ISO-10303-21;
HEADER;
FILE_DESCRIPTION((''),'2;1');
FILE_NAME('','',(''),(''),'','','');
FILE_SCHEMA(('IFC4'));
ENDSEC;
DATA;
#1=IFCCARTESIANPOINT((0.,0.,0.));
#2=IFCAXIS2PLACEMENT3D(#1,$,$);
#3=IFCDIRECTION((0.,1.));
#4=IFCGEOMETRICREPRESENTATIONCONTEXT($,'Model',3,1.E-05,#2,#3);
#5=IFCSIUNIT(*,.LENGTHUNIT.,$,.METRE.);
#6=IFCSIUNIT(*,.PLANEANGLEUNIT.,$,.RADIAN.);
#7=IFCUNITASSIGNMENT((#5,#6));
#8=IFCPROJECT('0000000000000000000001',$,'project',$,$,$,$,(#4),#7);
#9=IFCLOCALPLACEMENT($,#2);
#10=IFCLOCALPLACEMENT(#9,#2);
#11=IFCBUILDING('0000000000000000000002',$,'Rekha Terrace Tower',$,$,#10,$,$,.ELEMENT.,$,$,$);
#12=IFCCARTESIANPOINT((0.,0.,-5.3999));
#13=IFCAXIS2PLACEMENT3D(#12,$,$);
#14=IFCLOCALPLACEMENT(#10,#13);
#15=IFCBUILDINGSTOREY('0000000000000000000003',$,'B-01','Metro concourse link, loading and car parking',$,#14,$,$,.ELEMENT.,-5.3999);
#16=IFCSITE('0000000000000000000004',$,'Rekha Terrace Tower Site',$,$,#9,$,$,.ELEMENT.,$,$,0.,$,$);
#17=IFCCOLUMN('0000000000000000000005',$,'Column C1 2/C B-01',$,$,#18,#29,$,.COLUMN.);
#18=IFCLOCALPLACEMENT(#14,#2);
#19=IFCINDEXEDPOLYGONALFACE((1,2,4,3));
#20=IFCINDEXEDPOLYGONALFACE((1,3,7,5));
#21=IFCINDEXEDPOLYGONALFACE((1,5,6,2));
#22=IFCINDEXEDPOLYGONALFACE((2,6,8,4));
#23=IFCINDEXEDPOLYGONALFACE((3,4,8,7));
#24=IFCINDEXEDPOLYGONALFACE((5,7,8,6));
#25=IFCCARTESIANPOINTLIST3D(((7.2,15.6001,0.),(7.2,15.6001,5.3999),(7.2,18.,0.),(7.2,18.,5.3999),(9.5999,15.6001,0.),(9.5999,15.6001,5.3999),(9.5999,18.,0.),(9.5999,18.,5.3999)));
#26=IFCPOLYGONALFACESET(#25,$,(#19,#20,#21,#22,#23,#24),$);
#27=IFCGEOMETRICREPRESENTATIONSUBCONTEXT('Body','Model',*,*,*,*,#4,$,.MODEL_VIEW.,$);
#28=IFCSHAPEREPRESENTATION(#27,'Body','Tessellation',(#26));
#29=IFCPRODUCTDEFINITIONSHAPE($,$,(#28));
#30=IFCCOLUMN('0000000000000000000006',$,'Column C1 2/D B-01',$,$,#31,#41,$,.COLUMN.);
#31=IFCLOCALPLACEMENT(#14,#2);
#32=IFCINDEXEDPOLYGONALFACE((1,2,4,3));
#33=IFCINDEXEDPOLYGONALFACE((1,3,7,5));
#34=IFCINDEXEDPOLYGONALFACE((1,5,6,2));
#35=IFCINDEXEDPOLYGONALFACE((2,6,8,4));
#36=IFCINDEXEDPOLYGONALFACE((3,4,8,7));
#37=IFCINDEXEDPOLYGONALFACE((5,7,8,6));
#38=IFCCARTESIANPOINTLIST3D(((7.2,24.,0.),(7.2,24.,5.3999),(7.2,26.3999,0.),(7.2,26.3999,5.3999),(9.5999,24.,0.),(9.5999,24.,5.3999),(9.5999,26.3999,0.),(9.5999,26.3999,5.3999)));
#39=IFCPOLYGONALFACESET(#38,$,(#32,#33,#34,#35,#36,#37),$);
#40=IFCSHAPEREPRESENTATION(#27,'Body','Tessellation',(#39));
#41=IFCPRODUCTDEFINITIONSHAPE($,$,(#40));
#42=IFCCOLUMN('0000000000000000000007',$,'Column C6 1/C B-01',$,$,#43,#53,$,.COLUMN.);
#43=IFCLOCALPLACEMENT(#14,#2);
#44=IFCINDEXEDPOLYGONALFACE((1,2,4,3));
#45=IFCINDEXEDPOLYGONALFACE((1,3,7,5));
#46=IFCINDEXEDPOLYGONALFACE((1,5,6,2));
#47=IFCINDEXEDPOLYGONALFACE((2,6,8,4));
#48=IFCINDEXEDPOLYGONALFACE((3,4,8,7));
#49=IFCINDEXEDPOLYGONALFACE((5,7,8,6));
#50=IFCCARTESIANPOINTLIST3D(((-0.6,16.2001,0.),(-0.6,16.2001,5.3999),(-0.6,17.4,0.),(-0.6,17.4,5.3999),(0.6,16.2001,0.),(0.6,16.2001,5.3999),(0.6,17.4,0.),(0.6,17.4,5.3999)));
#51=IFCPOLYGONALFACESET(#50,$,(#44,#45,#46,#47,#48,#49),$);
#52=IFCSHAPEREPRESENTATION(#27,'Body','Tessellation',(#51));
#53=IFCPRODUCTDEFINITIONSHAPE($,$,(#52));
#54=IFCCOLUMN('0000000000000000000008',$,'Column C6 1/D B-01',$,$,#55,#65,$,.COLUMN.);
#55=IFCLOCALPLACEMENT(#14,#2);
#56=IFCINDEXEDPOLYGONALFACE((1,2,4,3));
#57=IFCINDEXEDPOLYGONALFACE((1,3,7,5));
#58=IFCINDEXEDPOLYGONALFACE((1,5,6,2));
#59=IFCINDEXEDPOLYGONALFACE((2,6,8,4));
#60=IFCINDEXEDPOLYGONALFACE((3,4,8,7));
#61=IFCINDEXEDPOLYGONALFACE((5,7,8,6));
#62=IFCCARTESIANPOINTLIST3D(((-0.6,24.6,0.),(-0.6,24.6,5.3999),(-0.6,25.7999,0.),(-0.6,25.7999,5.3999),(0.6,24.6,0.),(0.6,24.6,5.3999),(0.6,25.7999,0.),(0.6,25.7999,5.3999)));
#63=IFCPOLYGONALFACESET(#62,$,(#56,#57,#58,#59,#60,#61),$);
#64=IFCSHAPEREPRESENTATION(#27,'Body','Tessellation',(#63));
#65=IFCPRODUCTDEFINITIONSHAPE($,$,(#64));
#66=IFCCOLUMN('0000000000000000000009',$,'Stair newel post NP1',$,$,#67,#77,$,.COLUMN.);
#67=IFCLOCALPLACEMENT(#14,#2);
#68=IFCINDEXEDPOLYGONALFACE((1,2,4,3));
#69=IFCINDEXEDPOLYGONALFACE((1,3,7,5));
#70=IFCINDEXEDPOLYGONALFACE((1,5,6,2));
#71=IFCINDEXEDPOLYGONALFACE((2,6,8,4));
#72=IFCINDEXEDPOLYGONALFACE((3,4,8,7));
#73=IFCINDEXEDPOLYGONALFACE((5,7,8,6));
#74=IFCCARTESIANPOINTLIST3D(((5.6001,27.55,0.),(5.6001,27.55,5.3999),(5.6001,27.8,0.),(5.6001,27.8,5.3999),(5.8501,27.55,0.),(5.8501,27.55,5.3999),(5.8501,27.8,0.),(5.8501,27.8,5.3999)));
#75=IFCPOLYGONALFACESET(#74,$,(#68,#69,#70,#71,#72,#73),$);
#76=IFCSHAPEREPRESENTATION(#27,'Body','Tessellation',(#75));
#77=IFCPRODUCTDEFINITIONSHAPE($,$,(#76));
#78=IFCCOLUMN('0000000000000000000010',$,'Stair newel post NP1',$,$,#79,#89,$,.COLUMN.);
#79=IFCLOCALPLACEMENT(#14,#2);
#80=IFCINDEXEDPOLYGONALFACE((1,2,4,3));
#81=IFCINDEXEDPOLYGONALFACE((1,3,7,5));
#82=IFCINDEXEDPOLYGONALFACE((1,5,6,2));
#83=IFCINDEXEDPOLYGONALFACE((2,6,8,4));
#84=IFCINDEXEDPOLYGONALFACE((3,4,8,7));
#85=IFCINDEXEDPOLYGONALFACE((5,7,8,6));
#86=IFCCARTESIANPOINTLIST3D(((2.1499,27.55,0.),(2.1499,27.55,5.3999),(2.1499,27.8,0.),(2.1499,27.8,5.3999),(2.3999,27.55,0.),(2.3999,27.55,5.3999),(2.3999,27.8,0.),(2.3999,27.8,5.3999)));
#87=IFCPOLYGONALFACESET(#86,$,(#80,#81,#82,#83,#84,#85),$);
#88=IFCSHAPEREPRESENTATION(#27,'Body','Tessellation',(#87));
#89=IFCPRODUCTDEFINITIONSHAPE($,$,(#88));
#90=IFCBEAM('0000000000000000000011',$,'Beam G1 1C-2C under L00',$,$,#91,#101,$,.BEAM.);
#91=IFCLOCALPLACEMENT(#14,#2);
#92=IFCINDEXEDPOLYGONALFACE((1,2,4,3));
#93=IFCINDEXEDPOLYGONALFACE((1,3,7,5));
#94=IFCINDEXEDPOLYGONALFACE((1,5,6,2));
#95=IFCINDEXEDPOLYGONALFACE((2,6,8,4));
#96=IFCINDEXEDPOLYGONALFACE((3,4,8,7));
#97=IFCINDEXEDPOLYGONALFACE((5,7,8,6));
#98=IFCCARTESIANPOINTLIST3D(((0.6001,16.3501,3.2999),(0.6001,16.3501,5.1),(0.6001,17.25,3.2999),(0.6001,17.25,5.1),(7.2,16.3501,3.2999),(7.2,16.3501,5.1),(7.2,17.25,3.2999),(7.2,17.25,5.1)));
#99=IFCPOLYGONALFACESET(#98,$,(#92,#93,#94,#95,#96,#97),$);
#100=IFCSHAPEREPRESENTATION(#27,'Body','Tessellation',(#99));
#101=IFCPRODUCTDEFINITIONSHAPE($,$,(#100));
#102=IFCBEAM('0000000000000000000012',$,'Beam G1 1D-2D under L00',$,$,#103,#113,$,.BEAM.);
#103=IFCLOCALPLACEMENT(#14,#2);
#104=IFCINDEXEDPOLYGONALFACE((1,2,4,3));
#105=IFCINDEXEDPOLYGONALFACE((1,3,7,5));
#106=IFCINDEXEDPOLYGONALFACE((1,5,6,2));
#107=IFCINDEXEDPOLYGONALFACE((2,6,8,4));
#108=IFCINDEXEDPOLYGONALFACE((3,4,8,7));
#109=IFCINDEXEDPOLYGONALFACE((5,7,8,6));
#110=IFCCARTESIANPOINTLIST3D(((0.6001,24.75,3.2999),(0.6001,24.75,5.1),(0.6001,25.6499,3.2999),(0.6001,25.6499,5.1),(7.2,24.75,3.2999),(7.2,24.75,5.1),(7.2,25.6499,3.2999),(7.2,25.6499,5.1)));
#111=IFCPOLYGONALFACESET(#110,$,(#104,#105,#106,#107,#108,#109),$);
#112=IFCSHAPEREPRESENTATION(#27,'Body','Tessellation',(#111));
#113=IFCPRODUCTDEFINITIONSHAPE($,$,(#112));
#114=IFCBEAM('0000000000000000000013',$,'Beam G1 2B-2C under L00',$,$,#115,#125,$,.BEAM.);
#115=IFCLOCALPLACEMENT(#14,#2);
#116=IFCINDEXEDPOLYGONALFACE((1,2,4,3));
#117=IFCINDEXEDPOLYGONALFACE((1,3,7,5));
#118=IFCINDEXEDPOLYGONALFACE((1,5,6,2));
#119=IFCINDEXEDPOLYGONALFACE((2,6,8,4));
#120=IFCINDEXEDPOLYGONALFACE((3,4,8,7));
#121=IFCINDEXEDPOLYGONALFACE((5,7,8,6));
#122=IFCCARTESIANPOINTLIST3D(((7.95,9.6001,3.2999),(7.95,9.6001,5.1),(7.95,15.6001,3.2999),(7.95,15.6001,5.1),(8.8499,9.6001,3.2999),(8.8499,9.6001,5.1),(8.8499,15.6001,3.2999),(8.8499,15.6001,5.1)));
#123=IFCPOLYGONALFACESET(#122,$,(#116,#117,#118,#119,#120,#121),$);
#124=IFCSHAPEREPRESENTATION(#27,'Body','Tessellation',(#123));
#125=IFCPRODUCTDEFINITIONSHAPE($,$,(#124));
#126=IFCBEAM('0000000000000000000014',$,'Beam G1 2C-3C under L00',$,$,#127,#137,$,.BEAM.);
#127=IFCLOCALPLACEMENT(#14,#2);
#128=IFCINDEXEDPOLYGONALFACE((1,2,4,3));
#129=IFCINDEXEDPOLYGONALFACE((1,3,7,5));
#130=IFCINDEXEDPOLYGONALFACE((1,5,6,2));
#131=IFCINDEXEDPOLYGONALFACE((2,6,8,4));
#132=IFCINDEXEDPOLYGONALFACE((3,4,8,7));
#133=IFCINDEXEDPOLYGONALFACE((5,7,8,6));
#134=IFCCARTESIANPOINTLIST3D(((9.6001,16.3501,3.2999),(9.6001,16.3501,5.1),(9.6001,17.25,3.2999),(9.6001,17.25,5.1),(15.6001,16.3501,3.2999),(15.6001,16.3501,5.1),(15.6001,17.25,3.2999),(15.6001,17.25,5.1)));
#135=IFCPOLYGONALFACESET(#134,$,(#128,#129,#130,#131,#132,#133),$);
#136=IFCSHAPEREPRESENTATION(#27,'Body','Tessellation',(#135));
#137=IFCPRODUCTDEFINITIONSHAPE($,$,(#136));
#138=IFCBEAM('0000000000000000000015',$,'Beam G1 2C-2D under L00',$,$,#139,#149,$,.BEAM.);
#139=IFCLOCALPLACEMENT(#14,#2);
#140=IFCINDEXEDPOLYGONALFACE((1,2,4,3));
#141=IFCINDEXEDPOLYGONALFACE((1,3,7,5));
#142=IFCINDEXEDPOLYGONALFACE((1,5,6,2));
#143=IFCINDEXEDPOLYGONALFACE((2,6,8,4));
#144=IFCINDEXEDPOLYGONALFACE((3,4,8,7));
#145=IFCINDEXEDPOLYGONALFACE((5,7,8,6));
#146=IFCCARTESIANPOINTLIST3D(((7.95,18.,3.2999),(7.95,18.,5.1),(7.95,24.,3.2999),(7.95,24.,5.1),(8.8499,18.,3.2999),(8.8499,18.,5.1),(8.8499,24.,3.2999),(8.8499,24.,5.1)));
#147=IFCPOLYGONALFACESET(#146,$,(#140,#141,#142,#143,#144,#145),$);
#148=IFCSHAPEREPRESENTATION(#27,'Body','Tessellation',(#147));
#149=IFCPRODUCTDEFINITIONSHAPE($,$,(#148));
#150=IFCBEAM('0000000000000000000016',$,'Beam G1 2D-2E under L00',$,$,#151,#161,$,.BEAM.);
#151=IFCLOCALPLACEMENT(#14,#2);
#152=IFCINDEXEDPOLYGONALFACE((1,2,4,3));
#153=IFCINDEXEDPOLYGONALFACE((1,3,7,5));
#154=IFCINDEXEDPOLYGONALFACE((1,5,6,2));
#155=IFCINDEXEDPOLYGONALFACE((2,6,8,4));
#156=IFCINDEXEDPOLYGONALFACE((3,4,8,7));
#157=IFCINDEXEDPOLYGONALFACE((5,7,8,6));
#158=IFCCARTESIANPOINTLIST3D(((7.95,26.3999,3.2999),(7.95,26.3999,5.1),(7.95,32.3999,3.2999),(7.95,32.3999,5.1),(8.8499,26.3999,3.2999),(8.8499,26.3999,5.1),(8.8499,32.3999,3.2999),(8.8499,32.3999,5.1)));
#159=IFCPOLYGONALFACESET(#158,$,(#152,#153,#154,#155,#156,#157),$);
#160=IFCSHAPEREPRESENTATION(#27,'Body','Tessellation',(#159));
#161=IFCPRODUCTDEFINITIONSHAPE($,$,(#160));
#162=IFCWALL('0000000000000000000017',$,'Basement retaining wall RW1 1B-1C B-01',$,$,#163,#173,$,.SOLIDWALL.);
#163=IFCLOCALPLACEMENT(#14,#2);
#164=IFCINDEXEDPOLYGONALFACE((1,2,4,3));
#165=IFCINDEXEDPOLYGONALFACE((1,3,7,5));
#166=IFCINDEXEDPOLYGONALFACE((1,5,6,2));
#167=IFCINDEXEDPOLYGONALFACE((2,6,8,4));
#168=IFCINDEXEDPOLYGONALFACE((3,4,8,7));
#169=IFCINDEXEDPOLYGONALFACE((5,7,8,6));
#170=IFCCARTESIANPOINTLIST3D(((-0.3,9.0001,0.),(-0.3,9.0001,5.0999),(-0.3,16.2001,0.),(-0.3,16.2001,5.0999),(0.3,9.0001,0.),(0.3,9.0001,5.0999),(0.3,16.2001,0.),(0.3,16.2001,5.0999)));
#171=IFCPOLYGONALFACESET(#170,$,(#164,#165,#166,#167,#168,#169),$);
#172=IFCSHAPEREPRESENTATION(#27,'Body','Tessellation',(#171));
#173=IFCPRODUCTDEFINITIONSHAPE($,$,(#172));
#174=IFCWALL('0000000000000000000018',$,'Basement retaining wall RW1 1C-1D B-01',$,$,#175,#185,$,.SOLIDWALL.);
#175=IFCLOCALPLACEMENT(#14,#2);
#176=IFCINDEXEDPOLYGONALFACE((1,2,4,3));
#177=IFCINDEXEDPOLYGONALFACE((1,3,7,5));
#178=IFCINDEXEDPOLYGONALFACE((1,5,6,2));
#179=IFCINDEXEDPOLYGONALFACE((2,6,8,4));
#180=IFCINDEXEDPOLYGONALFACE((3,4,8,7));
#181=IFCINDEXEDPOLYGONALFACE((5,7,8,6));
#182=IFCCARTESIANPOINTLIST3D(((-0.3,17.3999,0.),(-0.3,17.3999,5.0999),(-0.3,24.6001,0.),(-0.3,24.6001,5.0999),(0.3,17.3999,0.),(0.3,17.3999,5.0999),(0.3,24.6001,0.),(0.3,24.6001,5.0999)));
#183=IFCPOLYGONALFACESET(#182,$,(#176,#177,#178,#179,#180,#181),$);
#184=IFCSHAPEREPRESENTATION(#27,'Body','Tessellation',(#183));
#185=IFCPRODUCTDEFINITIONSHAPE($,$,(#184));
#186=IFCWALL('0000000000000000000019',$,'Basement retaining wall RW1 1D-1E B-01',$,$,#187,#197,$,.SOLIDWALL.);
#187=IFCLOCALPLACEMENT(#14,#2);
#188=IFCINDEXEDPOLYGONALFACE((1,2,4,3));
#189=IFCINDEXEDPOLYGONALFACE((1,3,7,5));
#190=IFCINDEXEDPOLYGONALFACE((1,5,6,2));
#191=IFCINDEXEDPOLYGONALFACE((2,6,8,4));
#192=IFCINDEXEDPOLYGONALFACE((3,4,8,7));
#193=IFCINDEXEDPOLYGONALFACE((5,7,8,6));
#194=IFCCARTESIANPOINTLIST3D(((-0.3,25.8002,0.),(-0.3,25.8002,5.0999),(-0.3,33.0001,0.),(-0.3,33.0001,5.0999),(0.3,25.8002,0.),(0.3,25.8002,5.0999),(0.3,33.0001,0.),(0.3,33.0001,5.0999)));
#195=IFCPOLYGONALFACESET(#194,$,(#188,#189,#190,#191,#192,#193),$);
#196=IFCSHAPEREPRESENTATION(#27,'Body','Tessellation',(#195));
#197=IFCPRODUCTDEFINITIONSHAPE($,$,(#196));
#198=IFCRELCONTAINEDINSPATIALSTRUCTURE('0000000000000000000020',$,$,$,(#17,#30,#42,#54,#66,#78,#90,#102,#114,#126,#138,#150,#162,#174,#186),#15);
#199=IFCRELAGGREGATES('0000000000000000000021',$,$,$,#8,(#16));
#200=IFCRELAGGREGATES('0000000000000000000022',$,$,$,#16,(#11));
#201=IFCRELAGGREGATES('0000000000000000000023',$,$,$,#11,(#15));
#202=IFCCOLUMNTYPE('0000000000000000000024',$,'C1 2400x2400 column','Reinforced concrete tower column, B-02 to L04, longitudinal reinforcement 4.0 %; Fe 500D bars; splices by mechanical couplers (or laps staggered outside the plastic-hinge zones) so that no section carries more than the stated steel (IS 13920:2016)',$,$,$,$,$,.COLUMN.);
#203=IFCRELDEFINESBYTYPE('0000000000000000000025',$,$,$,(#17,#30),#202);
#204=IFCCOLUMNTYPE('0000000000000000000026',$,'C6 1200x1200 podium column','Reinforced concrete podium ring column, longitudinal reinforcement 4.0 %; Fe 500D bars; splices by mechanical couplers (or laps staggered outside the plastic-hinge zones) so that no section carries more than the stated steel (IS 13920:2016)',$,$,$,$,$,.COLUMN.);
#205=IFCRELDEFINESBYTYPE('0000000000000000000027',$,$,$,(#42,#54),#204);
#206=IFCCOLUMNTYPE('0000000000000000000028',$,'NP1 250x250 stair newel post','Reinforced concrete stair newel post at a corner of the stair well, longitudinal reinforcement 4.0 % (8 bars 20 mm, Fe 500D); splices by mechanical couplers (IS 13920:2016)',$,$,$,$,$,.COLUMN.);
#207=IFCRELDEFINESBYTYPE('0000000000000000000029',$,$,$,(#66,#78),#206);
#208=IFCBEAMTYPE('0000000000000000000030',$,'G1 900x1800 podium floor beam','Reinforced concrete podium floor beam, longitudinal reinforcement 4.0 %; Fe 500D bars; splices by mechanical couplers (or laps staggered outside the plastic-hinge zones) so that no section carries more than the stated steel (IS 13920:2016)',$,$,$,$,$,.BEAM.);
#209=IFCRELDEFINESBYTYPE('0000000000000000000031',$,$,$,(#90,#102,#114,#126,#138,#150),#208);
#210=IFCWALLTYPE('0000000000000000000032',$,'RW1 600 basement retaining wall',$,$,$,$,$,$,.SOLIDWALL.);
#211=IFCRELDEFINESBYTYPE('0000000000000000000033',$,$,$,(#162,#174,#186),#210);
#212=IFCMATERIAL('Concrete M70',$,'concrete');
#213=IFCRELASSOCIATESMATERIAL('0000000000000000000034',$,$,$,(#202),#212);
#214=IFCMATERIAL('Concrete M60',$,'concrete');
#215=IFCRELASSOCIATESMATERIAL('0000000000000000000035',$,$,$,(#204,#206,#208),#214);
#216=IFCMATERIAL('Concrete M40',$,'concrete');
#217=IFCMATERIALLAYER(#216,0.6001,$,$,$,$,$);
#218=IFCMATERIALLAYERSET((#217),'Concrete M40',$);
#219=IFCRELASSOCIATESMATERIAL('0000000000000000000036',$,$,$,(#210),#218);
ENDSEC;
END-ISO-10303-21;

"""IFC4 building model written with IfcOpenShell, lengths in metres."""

from ifc_helpers import new_model, si_unit, direction, frame, frame_2d, origin, origin_2d, place, context, subcontext, project, spatial, rectangle, extrude, material, layer, layer_set, material_profile, profile_set, type_object, element, save


model = new_model("IFC4")

# Units and contexts
model_context = context("Model", 3, precision=1e-05, world=origin(), true_north=direction((0.0, 1.0)))
body_context = subcontext(model_context, "Body", "Model", "MODEL_VIEW")
ifc_project = project(units=[si_unit("LENGTHUNIT", "METRE"), si_unit("PLANEANGLEUNIT", "RADIAN")], contexts=[model_context])

# Site, building, storey
site_placement = place(None, origin())
site = spatial("IfcSite", under=ifc_project, at=site_placement, Name="Rekha Terrace Tower Site", CompositionType="ELEMENT", RefElevation=0.0)
building_placement = place(site_placement, origin())
building = spatial("IfcBuilding", under=site, at=building_placement, Name="Rekha Terrace Tower", CompositionType="ELEMENT")
storey_placement = place(building_placement, frame((0.0, 0.0, -5.3999)))
storey = spatial("IfcBuildingStorey", under=building, at=storey_placement, Name="B-01", Description="Metro concourse link, loading and car parking", CompositionType="ELEMENT", Elevation=-5.3999)

# Columns
ifc_material_1 = material(Name="Concrete M70", Category="concrete")
ifc_material_profile_1 = material_profile(ifc_material_1, rectangle(XDim=2.3999, YDim=2.3999, at=origin_2d()), Name="RC 2400x2400")
ifc_profile_set_1 = profile_set([ifc_material_profile_1], Name="Concrete M70")
column_type_1 = type_object("IfcColumnType", Name="C1 2400x2400 column", Description="Reinforced concrete tower column, B-02 to L04, longitudinal reinforcement 4.0 %; Fe 500D bars; splices by mechanical couplers (or laps staggered outside the plastic-hinge zones) so that no section carries more than the stated steel (IS 13920:2016)", PredefinedType="COLUMN", material=ifc_profile_set_1)
for number, where, z_axis, x_axis, name in (
    (1, (8.3999, 16.8, 0.0), (0.0, 0.0, 1.0), (1.0, 0.0, 0.0), "Column C1 2/C B-01"),
    (2, (8.3999, 25.2, 0.0), (0.0, 0.0, 1.0), (1.0, 0.0, 0.0), "Column C1 2/D B-01"),
):
    element("IfcColumn", number, at=place(storey_placement, frame(where, z_axis=z_axis, x_axis=x_axis)), inside=storey, type_object=column_type_1, Name=name, PredefinedType="COLUMN", context=body_context, shape_type="SweptSolid", body=[
        extrude(rectangle(XDim=2.3999, YDim=2.3999, at=origin_2d()), origin(), (0.0, 0.0, 1.0), 5.3999),
    ])
ifc_material_2 = material(Name="Concrete M60", Category="concrete")
ifc_material_profile_2 = material_profile(ifc_material_2, rectangle(XDim=1.2, YDim=1.2, at=origin_2d()), Name="RC 1200x1200")
ifc_profile_set_2 = profile_set([ifc_material_profile_2], Name="Concrete M60")
column_type_2 = type_object("IfcColumnType", Name="C6 1200x1200 podium column", Description="Reinforced concrete podium ring column, longitudinal reinforcement 4.0 %; Fe 500D bars; splices by mechanical couplers (or laps staggered outside the plastic-hinge zones) so that no section carries more than the stated steel (IS 13920:2016)", PredefinedType="COLUMN", material=ifc_profile_set_2)
for number, where, z_axis, x_axis, name in (
    (3, (0.0, 16.8, 0.0), (0.0, 0.0, 1.0), (1.0, 0.0, 0.0), "Column C6 1/C B-01"),
    (4, (0.0, 25.2, 0.0), (0.0, 0.0, 1.0), (1.0, 0.0, 0.0), "Column C6 1/D B-01"),
):
    element("IfcColumn", number, at=place(storey_placement, frame(where, z_axis=z_axis, x_axis=x_axis)), inside=storey, type_object=column_type_2, Name=name, PredefinedType="COLUMN", context=body_context, shape_type="SweptSolid", body=[
        extrude(rectangle(XDim=1.2, YDim=1.2, at=origin_2d()), origin(), (0.0, 0.0, 1.0), 5.3999),
    ])
ifc_material_profile_3 = material_profile(ifc_material_2, rectangle(XDim=0.25, YDim=0.25, at=origin_2d()), Name="RC 250x250")
ifc_profile_set_3 = profile_set([ifc_material_profile_3], Name="Concrete M60")
column_type_3 = type_object("IfcColumnType", Name="NP1 250x250 stair newel post", Description="Reinforced concrete stair newel post at a corner of the stair well, longitudinal reinforcement 4.0 % (8 bars 20 mm, Fe 500D); splices by mechanical couplers (IS 13920:2016)", PredefinedType="COLUMN", material=ifc_profile_set_3)
for number, where, z_axis, x_axis, name in (
    (5, (5.7251, 27.675, 0.0), (0.0, 0.0, 1.0), (1.0, 0.0, 0.0), "Stair newel post NP1"),
    (6, (2.2749, 27.675, 0.0), (0.0, 0.0, 1.0), (1.0, 0.0, 0.0), "Stair newel post NP1"),
):
    element("IfcColumn", number, at=place(storey_placement, frame(where, z_axis=z_axis, x_axis=x_axis)), inside=storey, type_object=column_type_3, Name=name, PredefinedType="COLUMN", context=body_context, shape_type="SweptSolid", body=[
        extrude(rectangle(XDim=0.25, YDim=0.25, at=origin_2d()), origin(), (0.0, 0.0, 1.0), 5.3999),
    ])

# Beams
ifc_material_profile_4 = material_profile(ifc_material_2, rectangle(XDim=0.8999, YDim=1.8, at=origin_2d()), Name="RC 900x1800")
ifc_profile_set_4 = profile_set([ifc_material_profile_4], Name="Concrete M60")
beam_type = type_object("IfcBeamType", Name="G1 900x1800 podium floor beam", Description="Reinforced concrete podium floor beam, longitudinal reinforcement 4.0 %; Fe 500D bars; splices by mechanical couplers (or laps staggered outside the plastic-hinge zones) so that no section carries more than the stated steel (IS 13920:2016)", PredefinedType="BEAM", material=ifc_profile_set_4)
for number, where, z_axis, x_axis, name in (
    (7, (0.6001, 16.8, 4.2), (1.0, 0.0, 0.0), (0.0, 1.0, 0.0), "Beam G1 1C-2C under L00"),
    (8, (0.6001, 25.2, 4.2), (1.0, 0.0, 0.0), (0.0, 1.0, 0.0), "Beam G1 1D-2D under L00"),
):
    element("IfcBeam", number, at=place(storey_placement, frame(where, z_axis=z_axis, x_axis=x_axis)), inside=storey, type_object=beam_type, Name=name, PredefinedType="BEAM", context=body_context, shape_type="SweptSolid", body=[
        extrude(rectangle(XDim=0.8999, YDim=1.8, at=origin_2d()), origin(), (0.0, 0.0, 1.0), 6.5999),
    ])
for number, where, z_axis, x_axis, name in (
    (9, (8.3999, 9.6001, 4.2), (0.0, 1.0, 0.0), (-1.0, 0.0, 0.0), "Beam G1 2B-2C under L00"),
    (10, (9.6001, 16.8, 4.2), (1.0, 0.0, 0.0), (0.0, 1.0, 0.0), "Beam G1 2C-3C under L00"),
    (11, (8.3999, 18.0, 4.2), (0.0, 1.0, 0.0), (-1.0, 0.0, 0.0), "Beam G1 2C-2D under L00"),
    (12, (8.3999, 26.3999, 4.2), (0.0, 1.0, 0.0), (-1.0, 0.0, 0.0), "Beam G1 2D-2E under L00"),
):
    element("IfcBeam", number, at=place(storey_placement, frame(where, z_axis=z_axis, x_axis=x_axis)), inside=storey, type_object=beam_type, Name=name, PredefinedType="BEAM", context=body_context, shape_type="SweptSolid", body=[
        extrude(rectangle(XDim=0.8999, YDim=1.8, at=origin_2d()), origin(), (0.0, 0.0, 1.0), 6.0),
    ])

# Walls
ifc_material_3 = material(Name="Concrete M40", Category="concrete")
ifc_layer_1 = layer(ifc_material_3, 0.6001)
ifc_layer_set_1 = layer_set([ifc_layer_1], Name="Concrete M40")
wall_type_1 = type_object("IfcWallType", Name="RW1 600 basement retaining wall", PredefinedType="SOLIDWALL", material=ifc_layer_set_1)
wall_1_placement = place(storey_placement, frame((0.0, 9.0, 0.0), z_axis=(0.0, 0.0, 1.0), x_axis=(0.0, 1.0, 0.0)))
element("IfcWall", 13, at=wall_1_placement, inside=storey, type_object=wall_type_1, Name="Basement retaining wall RW1 1B-1C B-01", PredefinedType="SOLIDWALL", context=body_context, shape_type="SweptSolid", body=[
    extrude(rectangle(XDim=7.2, YDim=0.6001, at=frame_2d((3.6001, 0.0))), origin(), (0.0, 0.0, 1.0), 5.0999),
])
wall_2_placement = place(storey_placement, frame((0.0, 17.3999, 0.0), z_axis=(0.0, 0.0, 1.0), x_axis=(0.0, 1.0, 0.0)))
element("IfcWall", 14, at=wall_2_placement, inside=storey, type_object=wall_type_1, Name="Basement retaining wall RW1 1C-1D B-01", PredefinedType="SOLIDWALL", context=body_context, shape_type="SweptSolid", body=[
    extrude(rectangle(XDim=7.2002, YDim=0.6001, at=frame_2d((3.6001, 0.0))), origin(), (0.0, 0.0, 1.0), 5.0999),
])
wall_3_placement = place(storey_placement, frame((0.0, 25.8, 0.0), z_axis=(0.0, 0.0, 1.0), x_axis=(0.0, 1.0, 0.0)))
element("IfcWall", 15, at=wall_3_placement, inside=storey, type_object=wall_type_1, Name="Basement retaining wall RW1 1D-1E B-01", PredefinedType="SOLIDWALL", context=body_context, shape_type="SweptSolid", body=[
    extrude(rectangle(XDim=7.2, YDim=0.6001, at=frame_2d((3.6001, 0.0))), origin(), (0.0, 0.0, 1.0), 5.0999),
])

save(model, "model.ifc")
